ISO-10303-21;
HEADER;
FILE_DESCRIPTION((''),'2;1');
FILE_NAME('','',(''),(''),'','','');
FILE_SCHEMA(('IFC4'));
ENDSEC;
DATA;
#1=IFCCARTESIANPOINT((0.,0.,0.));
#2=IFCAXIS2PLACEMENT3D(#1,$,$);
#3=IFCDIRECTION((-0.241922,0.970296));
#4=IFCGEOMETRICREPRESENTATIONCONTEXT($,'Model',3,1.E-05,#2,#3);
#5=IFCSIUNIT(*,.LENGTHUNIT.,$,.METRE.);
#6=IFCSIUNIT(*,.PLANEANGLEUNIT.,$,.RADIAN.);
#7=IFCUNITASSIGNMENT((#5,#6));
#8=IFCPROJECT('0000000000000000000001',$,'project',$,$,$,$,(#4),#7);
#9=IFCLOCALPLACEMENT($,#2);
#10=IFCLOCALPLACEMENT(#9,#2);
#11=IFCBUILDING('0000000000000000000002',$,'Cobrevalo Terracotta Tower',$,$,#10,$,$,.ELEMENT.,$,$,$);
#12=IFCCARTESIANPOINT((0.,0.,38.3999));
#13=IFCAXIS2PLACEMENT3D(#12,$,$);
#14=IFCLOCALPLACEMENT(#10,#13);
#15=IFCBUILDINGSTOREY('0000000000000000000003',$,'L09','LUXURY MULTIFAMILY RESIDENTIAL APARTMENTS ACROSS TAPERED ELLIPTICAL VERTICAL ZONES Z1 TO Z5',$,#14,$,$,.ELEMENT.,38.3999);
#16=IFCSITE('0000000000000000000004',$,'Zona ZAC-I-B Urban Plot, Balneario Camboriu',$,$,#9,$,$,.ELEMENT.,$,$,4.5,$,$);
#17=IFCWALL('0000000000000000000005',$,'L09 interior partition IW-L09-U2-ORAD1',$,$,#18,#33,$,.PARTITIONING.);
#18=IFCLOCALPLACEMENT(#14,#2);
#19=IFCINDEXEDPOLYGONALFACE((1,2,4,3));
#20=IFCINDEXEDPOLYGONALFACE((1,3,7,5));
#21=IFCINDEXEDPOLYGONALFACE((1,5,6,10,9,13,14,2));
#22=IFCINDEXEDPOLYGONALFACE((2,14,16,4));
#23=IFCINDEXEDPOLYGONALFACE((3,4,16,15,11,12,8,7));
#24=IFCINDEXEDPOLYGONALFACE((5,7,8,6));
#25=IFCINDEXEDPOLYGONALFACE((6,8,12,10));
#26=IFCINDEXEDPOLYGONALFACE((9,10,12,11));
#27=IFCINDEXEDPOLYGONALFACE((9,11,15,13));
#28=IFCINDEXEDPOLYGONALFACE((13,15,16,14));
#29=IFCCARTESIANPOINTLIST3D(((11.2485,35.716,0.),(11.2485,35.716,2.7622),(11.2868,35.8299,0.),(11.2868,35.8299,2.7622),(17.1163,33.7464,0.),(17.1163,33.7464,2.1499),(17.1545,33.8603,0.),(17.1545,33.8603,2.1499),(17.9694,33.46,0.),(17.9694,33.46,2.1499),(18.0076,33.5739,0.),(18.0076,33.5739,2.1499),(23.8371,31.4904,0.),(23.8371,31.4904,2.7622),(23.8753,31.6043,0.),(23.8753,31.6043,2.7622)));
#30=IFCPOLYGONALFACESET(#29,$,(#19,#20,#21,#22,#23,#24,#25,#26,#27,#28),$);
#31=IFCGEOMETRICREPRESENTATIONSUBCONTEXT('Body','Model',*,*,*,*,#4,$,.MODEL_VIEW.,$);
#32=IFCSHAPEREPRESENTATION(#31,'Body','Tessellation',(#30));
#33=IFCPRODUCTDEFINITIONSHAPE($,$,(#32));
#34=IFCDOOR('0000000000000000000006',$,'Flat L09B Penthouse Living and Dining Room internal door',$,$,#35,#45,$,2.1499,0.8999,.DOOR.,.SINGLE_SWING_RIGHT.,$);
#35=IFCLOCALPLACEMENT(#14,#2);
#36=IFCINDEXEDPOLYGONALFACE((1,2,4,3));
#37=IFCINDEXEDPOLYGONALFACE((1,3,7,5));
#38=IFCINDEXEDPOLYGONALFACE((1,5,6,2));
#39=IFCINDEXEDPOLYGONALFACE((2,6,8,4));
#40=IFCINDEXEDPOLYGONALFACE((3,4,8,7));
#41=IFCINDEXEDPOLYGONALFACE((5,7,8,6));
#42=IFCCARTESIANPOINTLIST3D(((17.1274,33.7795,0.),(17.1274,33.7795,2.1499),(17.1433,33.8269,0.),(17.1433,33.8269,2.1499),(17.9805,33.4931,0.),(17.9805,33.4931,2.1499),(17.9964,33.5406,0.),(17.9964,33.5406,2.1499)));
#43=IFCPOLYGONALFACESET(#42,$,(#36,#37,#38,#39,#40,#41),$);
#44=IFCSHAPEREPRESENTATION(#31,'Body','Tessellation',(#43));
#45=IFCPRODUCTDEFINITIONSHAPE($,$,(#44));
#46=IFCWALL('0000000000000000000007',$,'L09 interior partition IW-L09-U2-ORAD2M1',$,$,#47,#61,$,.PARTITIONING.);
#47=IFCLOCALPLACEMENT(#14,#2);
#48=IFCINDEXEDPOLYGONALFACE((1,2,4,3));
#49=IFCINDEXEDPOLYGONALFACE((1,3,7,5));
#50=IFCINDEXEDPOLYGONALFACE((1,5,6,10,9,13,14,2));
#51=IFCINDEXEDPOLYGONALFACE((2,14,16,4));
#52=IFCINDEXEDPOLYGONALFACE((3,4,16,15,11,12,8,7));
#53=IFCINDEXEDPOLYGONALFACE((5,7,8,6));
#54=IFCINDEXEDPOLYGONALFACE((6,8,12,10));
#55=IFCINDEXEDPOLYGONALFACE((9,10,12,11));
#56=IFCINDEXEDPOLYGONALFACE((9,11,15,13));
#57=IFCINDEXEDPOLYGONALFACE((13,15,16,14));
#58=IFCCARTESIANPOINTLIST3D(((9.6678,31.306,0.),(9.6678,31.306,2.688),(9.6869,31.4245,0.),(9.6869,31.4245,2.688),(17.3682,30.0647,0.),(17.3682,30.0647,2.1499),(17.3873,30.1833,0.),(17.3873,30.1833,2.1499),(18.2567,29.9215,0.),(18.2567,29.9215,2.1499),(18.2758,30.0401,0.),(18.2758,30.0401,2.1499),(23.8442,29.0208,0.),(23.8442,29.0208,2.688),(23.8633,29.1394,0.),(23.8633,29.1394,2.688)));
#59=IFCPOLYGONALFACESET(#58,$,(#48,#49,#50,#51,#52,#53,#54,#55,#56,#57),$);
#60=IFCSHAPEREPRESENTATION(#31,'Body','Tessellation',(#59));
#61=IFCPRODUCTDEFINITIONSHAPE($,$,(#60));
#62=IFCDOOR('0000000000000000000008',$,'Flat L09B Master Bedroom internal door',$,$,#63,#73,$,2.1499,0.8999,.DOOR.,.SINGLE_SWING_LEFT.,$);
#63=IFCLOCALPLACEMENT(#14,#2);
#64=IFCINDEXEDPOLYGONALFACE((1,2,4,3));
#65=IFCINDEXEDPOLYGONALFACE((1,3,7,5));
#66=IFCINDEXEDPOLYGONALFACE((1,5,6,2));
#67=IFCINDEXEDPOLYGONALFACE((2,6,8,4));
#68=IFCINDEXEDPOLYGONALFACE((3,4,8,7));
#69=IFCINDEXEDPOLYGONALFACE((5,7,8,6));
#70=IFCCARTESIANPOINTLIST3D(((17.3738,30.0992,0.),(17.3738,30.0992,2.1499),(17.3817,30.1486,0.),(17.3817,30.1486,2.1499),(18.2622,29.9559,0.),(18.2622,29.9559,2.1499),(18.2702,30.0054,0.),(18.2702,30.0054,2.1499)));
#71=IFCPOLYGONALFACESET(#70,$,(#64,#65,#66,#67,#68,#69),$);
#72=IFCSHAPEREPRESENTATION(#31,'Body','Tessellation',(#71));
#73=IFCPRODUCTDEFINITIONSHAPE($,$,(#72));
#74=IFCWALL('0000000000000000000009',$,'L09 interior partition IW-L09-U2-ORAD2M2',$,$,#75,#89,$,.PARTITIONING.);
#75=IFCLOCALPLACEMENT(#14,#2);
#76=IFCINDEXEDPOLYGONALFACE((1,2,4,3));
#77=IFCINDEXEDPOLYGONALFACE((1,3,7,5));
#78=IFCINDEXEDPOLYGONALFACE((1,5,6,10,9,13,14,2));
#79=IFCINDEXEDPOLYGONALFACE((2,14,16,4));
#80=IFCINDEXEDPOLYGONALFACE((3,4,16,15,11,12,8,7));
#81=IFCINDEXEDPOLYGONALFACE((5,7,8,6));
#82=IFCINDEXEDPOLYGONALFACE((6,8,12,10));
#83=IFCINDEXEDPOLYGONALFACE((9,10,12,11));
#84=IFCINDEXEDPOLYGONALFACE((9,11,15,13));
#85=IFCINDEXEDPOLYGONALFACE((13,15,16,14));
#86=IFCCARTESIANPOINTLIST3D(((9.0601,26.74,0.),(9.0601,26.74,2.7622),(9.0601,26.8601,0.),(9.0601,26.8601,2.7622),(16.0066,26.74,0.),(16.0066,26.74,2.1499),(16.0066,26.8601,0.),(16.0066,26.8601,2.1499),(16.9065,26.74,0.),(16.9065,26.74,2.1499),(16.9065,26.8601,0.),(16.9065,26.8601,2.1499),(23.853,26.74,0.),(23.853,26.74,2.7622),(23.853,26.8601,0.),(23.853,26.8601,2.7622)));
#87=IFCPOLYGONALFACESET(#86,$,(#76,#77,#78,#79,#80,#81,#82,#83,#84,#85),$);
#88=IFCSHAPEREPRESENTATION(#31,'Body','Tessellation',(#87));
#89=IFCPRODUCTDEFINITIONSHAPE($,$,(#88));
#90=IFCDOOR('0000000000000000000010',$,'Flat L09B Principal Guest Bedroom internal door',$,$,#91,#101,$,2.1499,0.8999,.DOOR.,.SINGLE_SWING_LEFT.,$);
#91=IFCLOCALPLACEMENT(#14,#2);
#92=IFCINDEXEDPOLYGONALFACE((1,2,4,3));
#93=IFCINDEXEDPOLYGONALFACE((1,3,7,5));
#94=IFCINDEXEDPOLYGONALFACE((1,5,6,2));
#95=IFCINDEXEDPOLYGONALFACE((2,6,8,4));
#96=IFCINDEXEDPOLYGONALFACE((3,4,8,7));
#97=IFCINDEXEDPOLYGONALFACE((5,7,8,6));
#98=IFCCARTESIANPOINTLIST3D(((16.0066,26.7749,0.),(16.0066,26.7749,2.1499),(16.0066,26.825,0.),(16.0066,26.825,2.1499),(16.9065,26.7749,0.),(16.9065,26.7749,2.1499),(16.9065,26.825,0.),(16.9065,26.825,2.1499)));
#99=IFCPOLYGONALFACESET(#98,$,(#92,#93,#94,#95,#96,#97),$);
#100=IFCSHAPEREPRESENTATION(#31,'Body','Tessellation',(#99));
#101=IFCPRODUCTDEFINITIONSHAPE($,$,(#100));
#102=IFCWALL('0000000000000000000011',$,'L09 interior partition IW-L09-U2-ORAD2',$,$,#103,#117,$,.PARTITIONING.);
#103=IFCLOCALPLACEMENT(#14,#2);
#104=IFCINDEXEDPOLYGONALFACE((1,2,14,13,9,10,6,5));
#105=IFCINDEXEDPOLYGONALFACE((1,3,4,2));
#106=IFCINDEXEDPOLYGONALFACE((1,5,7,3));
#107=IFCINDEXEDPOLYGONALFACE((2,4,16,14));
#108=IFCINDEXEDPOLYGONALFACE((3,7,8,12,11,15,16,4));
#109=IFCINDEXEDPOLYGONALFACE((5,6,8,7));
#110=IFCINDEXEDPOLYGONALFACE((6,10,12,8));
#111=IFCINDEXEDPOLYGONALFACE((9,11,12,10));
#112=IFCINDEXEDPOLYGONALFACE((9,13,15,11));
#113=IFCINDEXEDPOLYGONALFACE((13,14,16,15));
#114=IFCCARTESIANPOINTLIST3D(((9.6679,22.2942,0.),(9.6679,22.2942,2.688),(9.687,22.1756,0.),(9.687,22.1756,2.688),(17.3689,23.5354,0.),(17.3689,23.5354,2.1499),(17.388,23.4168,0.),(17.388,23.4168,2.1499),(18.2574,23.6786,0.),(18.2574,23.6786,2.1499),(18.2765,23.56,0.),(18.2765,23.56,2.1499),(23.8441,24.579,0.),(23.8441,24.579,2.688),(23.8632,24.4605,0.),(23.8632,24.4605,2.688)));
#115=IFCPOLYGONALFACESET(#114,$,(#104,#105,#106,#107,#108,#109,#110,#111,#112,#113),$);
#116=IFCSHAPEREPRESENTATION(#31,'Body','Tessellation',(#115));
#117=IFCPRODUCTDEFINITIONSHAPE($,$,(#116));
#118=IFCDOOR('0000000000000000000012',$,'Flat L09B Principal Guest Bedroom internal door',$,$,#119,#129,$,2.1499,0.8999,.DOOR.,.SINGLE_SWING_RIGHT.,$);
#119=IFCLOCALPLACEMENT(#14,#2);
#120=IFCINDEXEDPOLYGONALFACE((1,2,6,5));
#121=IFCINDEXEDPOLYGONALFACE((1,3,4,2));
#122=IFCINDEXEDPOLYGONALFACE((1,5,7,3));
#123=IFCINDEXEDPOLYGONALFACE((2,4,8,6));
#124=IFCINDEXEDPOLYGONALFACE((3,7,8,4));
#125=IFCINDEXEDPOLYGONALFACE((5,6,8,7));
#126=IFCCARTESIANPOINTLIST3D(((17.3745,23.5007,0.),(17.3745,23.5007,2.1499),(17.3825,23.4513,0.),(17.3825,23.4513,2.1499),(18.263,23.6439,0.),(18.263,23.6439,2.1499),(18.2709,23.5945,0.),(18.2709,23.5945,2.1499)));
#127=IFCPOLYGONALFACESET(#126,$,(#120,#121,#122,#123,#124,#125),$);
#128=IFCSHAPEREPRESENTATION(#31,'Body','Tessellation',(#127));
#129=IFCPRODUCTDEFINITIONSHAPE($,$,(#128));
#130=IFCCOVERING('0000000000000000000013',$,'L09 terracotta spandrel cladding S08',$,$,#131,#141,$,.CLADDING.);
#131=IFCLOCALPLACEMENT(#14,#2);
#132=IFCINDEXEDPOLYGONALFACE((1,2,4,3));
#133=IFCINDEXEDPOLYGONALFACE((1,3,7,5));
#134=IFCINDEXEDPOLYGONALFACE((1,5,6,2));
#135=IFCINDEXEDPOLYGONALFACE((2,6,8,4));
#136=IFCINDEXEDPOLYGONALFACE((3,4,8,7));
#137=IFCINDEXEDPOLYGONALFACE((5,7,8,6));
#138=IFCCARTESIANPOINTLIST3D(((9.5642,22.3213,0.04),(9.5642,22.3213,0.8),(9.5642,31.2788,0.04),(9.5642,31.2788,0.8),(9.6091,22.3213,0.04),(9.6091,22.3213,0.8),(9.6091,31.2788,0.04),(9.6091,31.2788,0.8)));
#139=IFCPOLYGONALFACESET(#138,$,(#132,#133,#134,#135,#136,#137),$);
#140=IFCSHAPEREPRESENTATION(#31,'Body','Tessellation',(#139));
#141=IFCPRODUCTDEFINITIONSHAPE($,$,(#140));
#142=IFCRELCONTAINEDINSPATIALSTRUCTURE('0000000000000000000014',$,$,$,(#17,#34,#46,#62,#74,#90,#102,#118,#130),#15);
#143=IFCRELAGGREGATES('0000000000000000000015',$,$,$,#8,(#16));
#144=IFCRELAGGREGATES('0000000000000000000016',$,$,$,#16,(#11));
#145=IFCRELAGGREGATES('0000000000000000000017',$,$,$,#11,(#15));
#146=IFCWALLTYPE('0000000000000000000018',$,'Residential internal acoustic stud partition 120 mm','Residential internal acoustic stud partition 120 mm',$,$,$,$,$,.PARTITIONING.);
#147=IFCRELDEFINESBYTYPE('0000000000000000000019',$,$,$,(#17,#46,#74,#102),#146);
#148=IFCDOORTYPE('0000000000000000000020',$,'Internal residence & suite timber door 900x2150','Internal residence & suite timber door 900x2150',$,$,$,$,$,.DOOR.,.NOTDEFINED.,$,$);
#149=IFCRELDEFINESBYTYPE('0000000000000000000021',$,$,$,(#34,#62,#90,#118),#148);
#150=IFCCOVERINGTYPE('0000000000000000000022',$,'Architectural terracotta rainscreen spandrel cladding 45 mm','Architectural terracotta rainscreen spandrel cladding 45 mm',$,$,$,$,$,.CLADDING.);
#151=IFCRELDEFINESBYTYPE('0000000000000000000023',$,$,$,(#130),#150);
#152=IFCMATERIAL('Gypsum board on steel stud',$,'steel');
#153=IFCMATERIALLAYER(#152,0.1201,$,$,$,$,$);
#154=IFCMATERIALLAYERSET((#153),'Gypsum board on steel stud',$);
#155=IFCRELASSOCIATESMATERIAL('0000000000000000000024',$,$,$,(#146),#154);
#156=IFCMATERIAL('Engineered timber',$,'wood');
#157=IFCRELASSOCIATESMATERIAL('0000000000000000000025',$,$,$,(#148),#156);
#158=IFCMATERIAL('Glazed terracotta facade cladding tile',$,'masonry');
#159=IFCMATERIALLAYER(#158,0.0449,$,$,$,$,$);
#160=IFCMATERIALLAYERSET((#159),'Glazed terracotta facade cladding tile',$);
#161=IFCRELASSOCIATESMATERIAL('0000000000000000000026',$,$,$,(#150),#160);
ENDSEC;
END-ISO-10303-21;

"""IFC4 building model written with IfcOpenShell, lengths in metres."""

from ifc_helpers import new_model, si_unit, direction, frame, frame_2d, origin, origin_2d, place, context, subcontext, project, spatial, rectangle, extrude, source, transform, mapped, material, layer, layer_set, type_object, element, fill, save


model = new_model("IFC4")

# Units and contexts
model_context = context("Model", 3, precision=1e-05, world=origin(), true_north=direction((-0.241922, 0.970296)))
body_context = subcontext(model_context, "Body", "Model", "MODEL_VIEW")
ifc_project = project(units=[si_unit("LENGTHUNIT", "METRE"), si_unit("PLANEANGLEUNIT", "RADIAN")], contexts=[model_context])

# Site, building, storey
site_placement = place(None, origin())
site = spatial("IfcSite", under=ifc_project, at=site_placement, Name="Zona ZAC-I-B Urban Plot, Balneario Camboriu", CompositionType="ELEMENT", RefElevation=4.5)
building_placement = place(site_placement, origin())
building = spatial("IfcBuilding", under=site, at=building_placement, Name="Cobrevalo Terracotta Tower", CompositionType="ELEMENT")
storey_placement = place(building_placement, frame((0.0, 0.0, 38.3999)))
storey = spatial("IfcBuildingStorey", under=building, at=storey_placement, Name="L09", Description="LUXURY MULTIFAMILY RESIDENTIAL APARTMENTS ACROSS TAPERED ELLIPTICAL VERTICAL ZONES Z1 TO Z5", CompositionType="ELEMENT", Elevation=38.3999)

# Walls, openings, doors
ifc_material_1 = material(Name="Gypsum board on steel stud", Category="steel")
ifc_layer_1 = layer(ifc_material_1, 0.1201)
ifc_layer_set_1 = layer_set([ifc_layer_1], Name="Gypsum board on steel stud")
wall_type_1 = type_object("IfcWallType", Name="Residential internal acoustic stud partition 120 mm", Description="Residential internal acoustic stud partition 120 mm", PredefinedType="PARTITIONING", material=ifc_layer_set_1)
wall_1_placement = place(storey_placement, frame((23.8562, 31.5474, 0.0), z_axis=(0.0, 0.0, 1.0), x_axis=(-0.948017, 0.318218, 0.0)))
wall_1 = element("IfcWall", 1, at=wall_1_placement, inside=storey, type_object=wall_type_1, Name="L09 interior partition IW-L09-U2-ORAD1", PredefinedType="PARTITIONING", context=body_context, shape_type="SweptSolid", body=[
    extrude(rectangle(XDim=13.2788, YDim=0.1201, at=frame_2d((6.6394, 0.0))), origin(), (0.0, 0.0, 1.0), 2.7622),
])
opening_1_placement = place(wall_1_placement, frame((6.1895, 0.0, 0.0)))
opening_1 = element("IfcOpeningElement", 2, at=opening_1_placement, cuts=wall_1, PredefinedType="OPENING", context=body_context, shape_type="SweptSolid", body=[
    extrude(rectangle(XDim=0.8999, YDim=2.1499, at=frame_2d((0.45, 1.075))), frame((0.0, 0.0701, 0.0), z_axis=(0.0, -1.0, 0.0), x_axis=(1.0, 0.0, 0.0)), (0.0, 0.0, 1.0), 0.1401),
])
ifc_material_2 = material(Name="Engineered timber", Category="wood")
door_type = type_object("IfcDoorType", Name="Internal residence & suite timber door 900x2150", Description="Internal residence & suite timber door 900x2150", OperationType="NOTDEFINED", PredefinedType="DOOR", material=ifc_material_2)
shared_shape_1 = source(origin(), body_context, "Body", "SweptSolid", [
    extrude(rectangle(XDim=0.8999, YDim=2.1499, at=frame_2d((0.45, 1.075))), frame((0.0, 0.0249, 0.0), z_axis=(0.0, -1.0, 0.0), x_axis=(1.0, 0.0, 0.0)), (0.0, 0.0, 1.0), 0.05),
])
door_1_placement = place(opening_1_placement, frame((0.8999, 0.0, 0.0), z_axis=(0.0, 0.0, 1.0), x_axis=(-1.0, 0.0, 0.0)))
door_1 = element("IfcDoor", 3, at=door_1_placement, inside=storey, type_object=door_type, Name="Flat L09B Penthouse Living and Dining Room internal door", OperationType="SINGLE_SWING_RIGHT", OverallHeight=2.1499, OverallWidth=0.8999, PredefinedType="DOOR", context=body_context, shape_type="MappedRepresentation", body=[
    mapped(shared_shape_1, transform((0.0, 0.0, 0.0), scale=1.0)),
])
fill(opening_1, door_1)
wall_2_placement = place(storey_placement, frame((23.8538, 29.0801, 0.0), z_axis=(0.0, 0.0, 1.0), x_axis=(-0.987256, 0.159142, 0.0)))
wall_2 = element("IfcWall", 4, at=wall_2_placement, inside=storey, type_object=wall_type_1, Name="L09 interior partition IW-L09-U2-ORAD2M1", PredefinedType="PARTITIONING", context=body_context, shape_type="SweptSolid", body=[
    extrude(rectangle(XDim=14.3594, YDim=0.1201, at=frame_2d((7.1797, 0.0))), origin(), (0.0, 0.0, 1.0), 2.688),
])
opening_2_placement = place(wall_2_placement, frame((5.6597, 0.0, 0.0)))
opening_2 = element("IfcOpeningElement", 5, at=opening_2_placement, cuts=wall_2, PredefinedType="OPENING", context=body_context, shape_type="SweptSolid", body=[
    extrude(rectangle(XDim=0.8999, YDim=2.1499, at=frame_2d((0.45, 1.075))), frame((0.0, 0.0701, 0.0), z_axis=(0.0, -1.0, 0.0), x_axis=(1.0, 0.0, 0.0)), (0.0, 0.0, 1.0), 0.1401),
])
door_2_placement = place(opening_2_placement, frame((0.8999, 0.0, 0.0), z_axis=(0.0, 0.0, 1.0), x_axis=(-1.0, 0.0, 0.0)))
door_2 = element("IfcDoor", 6, at=door_2_placement, inside=storey, type_object=door_type, Name="Flat L09B Master Bedroom internal door", OperationType="SINGLE_SWING_LEFT", OverallHeight=2.1499, OverallWidth=0.8999, PredefinedType="DOOR", context=body_context, shape_type="MappedRepresentation", body=[
    mapped(shared_shape_1, transform((0.0, 0.0, 0.0), scale=1.0)),
])
fill(opening_2, door_2)
wall_3_placement = place(storey_placement, frame((23.853, 26.8, 0.0), z_axis=(0.0, 0.0, 1.0), x_axis=(-1.0, 0.0, 0.0)))
wall_3 = element("IfcWall", 7, at=wall_3_placement, inside=storey, type_object=wall_type_1, Name="L09 interior partition IW-L09-U2-ORAD2M2", PredefinedType="PARTITIONING", context=body_context, shape_type="SweptSolid", body=[
    extrude(rectangle(XDim=14.793, YDim=0.1201, at=frame_2d((7.3965, 0.0))), origin(), (0.0, 0.0, 1.0), 2.7622),
])
opening_3_placement = place(wall_3_placement, frame((6.9465, 0.0, 0.0)))
opening_3 = element("IfcOpeningElement", 8, at=opening_3_placement, cuts=wall_3, PredefinedType="OPENING", context=body_context, shape_type="SweptSolid", body=[
    extrude(rectangle(XDim=0.8999, YDim=2.1499, at=frame_2d((0.45, 1.075))), frame((0.0, 0.0701, 0.0), z_axis=(0.0, -1.0, 0.0), x_axis=(1.0, 0.0, 0.0)), (0.0, 0.0, 1.0), 0.1401),
])
door_3_placement = place(opening_3_placement, frame((0.8999, 0.0, 0.0), z_axis=(0.0, 0.0, 1.0), x_axis=(-1.0, 0.0, 0.0)))
door_3 = element("IfcDoor", 9, at=door_3_placement, inside=storey, type_object=door_type, Name="Flat L09B Principal Guest Bedroom internal door", OperationType="SINGLE_SWING_LEFT", OverallHeight=2.1499, OverallWidth=0.8999, PredefinedType="DOOR", context=body_context, shape_type="MappedRepresentation", body=[
    mapped(shared_shape_1, transform((0.0, 0.0, 0.0), scale=1.0)),
])
fill(opening_3, door_3)
wall_4_placement = place(storey_placement, frame((23.8538, 24.5198, 0.0), z_axis=(0.0, 0.0, 1.0), x_axis=(-0.987258, -0.159125, 0.0)))
wall_4 = element("IfcWall", 10, at=wall_4_placement, inside=storey, type_object=wall_type_1, Name="L09 interior partition IW-L09-U2-ORAD2", PredefinedType="PARTITIONING", context=body_context, shape_type="SweptSolid", body=[
    extrude(rectangle(XDim=14.3591, YDim=0.1201, at=frame_2d((7.1797, 0.0))), origin(), (0.0, 0.0, 1.0), 2.688),
])
opening_4_placement = place(wall_4_placement, frame((5.6589, 0.0, 0.0)))
opening_4 = element("IfcOpeningElement", 11, at=opening_4_placement, cuts=wall_4, PredefinedType="OPENING", context=body_context, shape_type="SweptSolid", body=[
    extrude(rectangle(XDim=0.8999, YDim=2.1499, at=frame_2d((0.45, 1.075))), frame((0.0, 0.0701, 0.0), z_axis=(0.0, -1.0, 0.0), x_axis=(1.0, 0.0, 0.0)), (0.0, 0.0, 1.0), 0.1401),
])
door_4_placement = place(opening_4_placement, frame((0.8999, 0.0, 0.0), z_axis=(0.0, 0.0, 1.0), x_axis=(-1.0, 0.0, 0.0)))
door_4 = element("IfcDoor", 12, at=door_4_placement, inside=storey, type_object=door_type, Name="Flat L09B Principal Guest Bedroom internal door", OperationType="SINGLE_SWING_RIGHT", OverallHeight=2.1499, OverallWidth=0.8999, PredefinedType="DOOR", context=body_context, shape_type="MappedRepresentation", body=[
    mapped(shared_shape_1, transform((0.0, 0.0, 0.0), scale=1.0)),
])
fill(opening_4, door_4)

# Covering
ifc_material_3 = material(Name="Glazed terracotta facade cladding tile", Category="masonry")
ifc_layer_2 = layer(ifc_material_3, 0.0449)
ifc_layer_set_2 = layer_set([ifc_layer_2], Name="Glazed terracotta facade cladding tile")
covering_type = type_object("IfcCoveringType", Name="Architectural terracotta rainscreen spandrel cladding 45 mm", Description="Architectural terracotta rainscreen spandrel cladding 45 mm", PredefinedType="CLADDING", material=ifc_layer_set_2)
shared_shape_2 = source(origin(), body_context, "Body", "SweptSolid", [
    extrude(rectangle(XDim=8.9575, YDim=0.0449, at=origin_2d()), origin(), (0.0, 0.0, 1.0), 0.76),
])
covering_placement = place(storey_placement, frame((9.5867, 26.8, 0.04), z_axis=(0.0, 0.0, 1.0), x_axis=(0.0, -1.0, 0.0)))
element("IfcCovering", 13, at=covering_placement, inside=storey, type_object=covering_type, Name="L09 terracotta spandrel cladding S08", PredefinedType="CLADDING", context=body_context, shape_type="MappedRepresentation", body=[
    mapped(shared_shape_2, transform((0.0, 0.0, 0.0), scale=1.0)),
])

save(model, "model.ifc")
